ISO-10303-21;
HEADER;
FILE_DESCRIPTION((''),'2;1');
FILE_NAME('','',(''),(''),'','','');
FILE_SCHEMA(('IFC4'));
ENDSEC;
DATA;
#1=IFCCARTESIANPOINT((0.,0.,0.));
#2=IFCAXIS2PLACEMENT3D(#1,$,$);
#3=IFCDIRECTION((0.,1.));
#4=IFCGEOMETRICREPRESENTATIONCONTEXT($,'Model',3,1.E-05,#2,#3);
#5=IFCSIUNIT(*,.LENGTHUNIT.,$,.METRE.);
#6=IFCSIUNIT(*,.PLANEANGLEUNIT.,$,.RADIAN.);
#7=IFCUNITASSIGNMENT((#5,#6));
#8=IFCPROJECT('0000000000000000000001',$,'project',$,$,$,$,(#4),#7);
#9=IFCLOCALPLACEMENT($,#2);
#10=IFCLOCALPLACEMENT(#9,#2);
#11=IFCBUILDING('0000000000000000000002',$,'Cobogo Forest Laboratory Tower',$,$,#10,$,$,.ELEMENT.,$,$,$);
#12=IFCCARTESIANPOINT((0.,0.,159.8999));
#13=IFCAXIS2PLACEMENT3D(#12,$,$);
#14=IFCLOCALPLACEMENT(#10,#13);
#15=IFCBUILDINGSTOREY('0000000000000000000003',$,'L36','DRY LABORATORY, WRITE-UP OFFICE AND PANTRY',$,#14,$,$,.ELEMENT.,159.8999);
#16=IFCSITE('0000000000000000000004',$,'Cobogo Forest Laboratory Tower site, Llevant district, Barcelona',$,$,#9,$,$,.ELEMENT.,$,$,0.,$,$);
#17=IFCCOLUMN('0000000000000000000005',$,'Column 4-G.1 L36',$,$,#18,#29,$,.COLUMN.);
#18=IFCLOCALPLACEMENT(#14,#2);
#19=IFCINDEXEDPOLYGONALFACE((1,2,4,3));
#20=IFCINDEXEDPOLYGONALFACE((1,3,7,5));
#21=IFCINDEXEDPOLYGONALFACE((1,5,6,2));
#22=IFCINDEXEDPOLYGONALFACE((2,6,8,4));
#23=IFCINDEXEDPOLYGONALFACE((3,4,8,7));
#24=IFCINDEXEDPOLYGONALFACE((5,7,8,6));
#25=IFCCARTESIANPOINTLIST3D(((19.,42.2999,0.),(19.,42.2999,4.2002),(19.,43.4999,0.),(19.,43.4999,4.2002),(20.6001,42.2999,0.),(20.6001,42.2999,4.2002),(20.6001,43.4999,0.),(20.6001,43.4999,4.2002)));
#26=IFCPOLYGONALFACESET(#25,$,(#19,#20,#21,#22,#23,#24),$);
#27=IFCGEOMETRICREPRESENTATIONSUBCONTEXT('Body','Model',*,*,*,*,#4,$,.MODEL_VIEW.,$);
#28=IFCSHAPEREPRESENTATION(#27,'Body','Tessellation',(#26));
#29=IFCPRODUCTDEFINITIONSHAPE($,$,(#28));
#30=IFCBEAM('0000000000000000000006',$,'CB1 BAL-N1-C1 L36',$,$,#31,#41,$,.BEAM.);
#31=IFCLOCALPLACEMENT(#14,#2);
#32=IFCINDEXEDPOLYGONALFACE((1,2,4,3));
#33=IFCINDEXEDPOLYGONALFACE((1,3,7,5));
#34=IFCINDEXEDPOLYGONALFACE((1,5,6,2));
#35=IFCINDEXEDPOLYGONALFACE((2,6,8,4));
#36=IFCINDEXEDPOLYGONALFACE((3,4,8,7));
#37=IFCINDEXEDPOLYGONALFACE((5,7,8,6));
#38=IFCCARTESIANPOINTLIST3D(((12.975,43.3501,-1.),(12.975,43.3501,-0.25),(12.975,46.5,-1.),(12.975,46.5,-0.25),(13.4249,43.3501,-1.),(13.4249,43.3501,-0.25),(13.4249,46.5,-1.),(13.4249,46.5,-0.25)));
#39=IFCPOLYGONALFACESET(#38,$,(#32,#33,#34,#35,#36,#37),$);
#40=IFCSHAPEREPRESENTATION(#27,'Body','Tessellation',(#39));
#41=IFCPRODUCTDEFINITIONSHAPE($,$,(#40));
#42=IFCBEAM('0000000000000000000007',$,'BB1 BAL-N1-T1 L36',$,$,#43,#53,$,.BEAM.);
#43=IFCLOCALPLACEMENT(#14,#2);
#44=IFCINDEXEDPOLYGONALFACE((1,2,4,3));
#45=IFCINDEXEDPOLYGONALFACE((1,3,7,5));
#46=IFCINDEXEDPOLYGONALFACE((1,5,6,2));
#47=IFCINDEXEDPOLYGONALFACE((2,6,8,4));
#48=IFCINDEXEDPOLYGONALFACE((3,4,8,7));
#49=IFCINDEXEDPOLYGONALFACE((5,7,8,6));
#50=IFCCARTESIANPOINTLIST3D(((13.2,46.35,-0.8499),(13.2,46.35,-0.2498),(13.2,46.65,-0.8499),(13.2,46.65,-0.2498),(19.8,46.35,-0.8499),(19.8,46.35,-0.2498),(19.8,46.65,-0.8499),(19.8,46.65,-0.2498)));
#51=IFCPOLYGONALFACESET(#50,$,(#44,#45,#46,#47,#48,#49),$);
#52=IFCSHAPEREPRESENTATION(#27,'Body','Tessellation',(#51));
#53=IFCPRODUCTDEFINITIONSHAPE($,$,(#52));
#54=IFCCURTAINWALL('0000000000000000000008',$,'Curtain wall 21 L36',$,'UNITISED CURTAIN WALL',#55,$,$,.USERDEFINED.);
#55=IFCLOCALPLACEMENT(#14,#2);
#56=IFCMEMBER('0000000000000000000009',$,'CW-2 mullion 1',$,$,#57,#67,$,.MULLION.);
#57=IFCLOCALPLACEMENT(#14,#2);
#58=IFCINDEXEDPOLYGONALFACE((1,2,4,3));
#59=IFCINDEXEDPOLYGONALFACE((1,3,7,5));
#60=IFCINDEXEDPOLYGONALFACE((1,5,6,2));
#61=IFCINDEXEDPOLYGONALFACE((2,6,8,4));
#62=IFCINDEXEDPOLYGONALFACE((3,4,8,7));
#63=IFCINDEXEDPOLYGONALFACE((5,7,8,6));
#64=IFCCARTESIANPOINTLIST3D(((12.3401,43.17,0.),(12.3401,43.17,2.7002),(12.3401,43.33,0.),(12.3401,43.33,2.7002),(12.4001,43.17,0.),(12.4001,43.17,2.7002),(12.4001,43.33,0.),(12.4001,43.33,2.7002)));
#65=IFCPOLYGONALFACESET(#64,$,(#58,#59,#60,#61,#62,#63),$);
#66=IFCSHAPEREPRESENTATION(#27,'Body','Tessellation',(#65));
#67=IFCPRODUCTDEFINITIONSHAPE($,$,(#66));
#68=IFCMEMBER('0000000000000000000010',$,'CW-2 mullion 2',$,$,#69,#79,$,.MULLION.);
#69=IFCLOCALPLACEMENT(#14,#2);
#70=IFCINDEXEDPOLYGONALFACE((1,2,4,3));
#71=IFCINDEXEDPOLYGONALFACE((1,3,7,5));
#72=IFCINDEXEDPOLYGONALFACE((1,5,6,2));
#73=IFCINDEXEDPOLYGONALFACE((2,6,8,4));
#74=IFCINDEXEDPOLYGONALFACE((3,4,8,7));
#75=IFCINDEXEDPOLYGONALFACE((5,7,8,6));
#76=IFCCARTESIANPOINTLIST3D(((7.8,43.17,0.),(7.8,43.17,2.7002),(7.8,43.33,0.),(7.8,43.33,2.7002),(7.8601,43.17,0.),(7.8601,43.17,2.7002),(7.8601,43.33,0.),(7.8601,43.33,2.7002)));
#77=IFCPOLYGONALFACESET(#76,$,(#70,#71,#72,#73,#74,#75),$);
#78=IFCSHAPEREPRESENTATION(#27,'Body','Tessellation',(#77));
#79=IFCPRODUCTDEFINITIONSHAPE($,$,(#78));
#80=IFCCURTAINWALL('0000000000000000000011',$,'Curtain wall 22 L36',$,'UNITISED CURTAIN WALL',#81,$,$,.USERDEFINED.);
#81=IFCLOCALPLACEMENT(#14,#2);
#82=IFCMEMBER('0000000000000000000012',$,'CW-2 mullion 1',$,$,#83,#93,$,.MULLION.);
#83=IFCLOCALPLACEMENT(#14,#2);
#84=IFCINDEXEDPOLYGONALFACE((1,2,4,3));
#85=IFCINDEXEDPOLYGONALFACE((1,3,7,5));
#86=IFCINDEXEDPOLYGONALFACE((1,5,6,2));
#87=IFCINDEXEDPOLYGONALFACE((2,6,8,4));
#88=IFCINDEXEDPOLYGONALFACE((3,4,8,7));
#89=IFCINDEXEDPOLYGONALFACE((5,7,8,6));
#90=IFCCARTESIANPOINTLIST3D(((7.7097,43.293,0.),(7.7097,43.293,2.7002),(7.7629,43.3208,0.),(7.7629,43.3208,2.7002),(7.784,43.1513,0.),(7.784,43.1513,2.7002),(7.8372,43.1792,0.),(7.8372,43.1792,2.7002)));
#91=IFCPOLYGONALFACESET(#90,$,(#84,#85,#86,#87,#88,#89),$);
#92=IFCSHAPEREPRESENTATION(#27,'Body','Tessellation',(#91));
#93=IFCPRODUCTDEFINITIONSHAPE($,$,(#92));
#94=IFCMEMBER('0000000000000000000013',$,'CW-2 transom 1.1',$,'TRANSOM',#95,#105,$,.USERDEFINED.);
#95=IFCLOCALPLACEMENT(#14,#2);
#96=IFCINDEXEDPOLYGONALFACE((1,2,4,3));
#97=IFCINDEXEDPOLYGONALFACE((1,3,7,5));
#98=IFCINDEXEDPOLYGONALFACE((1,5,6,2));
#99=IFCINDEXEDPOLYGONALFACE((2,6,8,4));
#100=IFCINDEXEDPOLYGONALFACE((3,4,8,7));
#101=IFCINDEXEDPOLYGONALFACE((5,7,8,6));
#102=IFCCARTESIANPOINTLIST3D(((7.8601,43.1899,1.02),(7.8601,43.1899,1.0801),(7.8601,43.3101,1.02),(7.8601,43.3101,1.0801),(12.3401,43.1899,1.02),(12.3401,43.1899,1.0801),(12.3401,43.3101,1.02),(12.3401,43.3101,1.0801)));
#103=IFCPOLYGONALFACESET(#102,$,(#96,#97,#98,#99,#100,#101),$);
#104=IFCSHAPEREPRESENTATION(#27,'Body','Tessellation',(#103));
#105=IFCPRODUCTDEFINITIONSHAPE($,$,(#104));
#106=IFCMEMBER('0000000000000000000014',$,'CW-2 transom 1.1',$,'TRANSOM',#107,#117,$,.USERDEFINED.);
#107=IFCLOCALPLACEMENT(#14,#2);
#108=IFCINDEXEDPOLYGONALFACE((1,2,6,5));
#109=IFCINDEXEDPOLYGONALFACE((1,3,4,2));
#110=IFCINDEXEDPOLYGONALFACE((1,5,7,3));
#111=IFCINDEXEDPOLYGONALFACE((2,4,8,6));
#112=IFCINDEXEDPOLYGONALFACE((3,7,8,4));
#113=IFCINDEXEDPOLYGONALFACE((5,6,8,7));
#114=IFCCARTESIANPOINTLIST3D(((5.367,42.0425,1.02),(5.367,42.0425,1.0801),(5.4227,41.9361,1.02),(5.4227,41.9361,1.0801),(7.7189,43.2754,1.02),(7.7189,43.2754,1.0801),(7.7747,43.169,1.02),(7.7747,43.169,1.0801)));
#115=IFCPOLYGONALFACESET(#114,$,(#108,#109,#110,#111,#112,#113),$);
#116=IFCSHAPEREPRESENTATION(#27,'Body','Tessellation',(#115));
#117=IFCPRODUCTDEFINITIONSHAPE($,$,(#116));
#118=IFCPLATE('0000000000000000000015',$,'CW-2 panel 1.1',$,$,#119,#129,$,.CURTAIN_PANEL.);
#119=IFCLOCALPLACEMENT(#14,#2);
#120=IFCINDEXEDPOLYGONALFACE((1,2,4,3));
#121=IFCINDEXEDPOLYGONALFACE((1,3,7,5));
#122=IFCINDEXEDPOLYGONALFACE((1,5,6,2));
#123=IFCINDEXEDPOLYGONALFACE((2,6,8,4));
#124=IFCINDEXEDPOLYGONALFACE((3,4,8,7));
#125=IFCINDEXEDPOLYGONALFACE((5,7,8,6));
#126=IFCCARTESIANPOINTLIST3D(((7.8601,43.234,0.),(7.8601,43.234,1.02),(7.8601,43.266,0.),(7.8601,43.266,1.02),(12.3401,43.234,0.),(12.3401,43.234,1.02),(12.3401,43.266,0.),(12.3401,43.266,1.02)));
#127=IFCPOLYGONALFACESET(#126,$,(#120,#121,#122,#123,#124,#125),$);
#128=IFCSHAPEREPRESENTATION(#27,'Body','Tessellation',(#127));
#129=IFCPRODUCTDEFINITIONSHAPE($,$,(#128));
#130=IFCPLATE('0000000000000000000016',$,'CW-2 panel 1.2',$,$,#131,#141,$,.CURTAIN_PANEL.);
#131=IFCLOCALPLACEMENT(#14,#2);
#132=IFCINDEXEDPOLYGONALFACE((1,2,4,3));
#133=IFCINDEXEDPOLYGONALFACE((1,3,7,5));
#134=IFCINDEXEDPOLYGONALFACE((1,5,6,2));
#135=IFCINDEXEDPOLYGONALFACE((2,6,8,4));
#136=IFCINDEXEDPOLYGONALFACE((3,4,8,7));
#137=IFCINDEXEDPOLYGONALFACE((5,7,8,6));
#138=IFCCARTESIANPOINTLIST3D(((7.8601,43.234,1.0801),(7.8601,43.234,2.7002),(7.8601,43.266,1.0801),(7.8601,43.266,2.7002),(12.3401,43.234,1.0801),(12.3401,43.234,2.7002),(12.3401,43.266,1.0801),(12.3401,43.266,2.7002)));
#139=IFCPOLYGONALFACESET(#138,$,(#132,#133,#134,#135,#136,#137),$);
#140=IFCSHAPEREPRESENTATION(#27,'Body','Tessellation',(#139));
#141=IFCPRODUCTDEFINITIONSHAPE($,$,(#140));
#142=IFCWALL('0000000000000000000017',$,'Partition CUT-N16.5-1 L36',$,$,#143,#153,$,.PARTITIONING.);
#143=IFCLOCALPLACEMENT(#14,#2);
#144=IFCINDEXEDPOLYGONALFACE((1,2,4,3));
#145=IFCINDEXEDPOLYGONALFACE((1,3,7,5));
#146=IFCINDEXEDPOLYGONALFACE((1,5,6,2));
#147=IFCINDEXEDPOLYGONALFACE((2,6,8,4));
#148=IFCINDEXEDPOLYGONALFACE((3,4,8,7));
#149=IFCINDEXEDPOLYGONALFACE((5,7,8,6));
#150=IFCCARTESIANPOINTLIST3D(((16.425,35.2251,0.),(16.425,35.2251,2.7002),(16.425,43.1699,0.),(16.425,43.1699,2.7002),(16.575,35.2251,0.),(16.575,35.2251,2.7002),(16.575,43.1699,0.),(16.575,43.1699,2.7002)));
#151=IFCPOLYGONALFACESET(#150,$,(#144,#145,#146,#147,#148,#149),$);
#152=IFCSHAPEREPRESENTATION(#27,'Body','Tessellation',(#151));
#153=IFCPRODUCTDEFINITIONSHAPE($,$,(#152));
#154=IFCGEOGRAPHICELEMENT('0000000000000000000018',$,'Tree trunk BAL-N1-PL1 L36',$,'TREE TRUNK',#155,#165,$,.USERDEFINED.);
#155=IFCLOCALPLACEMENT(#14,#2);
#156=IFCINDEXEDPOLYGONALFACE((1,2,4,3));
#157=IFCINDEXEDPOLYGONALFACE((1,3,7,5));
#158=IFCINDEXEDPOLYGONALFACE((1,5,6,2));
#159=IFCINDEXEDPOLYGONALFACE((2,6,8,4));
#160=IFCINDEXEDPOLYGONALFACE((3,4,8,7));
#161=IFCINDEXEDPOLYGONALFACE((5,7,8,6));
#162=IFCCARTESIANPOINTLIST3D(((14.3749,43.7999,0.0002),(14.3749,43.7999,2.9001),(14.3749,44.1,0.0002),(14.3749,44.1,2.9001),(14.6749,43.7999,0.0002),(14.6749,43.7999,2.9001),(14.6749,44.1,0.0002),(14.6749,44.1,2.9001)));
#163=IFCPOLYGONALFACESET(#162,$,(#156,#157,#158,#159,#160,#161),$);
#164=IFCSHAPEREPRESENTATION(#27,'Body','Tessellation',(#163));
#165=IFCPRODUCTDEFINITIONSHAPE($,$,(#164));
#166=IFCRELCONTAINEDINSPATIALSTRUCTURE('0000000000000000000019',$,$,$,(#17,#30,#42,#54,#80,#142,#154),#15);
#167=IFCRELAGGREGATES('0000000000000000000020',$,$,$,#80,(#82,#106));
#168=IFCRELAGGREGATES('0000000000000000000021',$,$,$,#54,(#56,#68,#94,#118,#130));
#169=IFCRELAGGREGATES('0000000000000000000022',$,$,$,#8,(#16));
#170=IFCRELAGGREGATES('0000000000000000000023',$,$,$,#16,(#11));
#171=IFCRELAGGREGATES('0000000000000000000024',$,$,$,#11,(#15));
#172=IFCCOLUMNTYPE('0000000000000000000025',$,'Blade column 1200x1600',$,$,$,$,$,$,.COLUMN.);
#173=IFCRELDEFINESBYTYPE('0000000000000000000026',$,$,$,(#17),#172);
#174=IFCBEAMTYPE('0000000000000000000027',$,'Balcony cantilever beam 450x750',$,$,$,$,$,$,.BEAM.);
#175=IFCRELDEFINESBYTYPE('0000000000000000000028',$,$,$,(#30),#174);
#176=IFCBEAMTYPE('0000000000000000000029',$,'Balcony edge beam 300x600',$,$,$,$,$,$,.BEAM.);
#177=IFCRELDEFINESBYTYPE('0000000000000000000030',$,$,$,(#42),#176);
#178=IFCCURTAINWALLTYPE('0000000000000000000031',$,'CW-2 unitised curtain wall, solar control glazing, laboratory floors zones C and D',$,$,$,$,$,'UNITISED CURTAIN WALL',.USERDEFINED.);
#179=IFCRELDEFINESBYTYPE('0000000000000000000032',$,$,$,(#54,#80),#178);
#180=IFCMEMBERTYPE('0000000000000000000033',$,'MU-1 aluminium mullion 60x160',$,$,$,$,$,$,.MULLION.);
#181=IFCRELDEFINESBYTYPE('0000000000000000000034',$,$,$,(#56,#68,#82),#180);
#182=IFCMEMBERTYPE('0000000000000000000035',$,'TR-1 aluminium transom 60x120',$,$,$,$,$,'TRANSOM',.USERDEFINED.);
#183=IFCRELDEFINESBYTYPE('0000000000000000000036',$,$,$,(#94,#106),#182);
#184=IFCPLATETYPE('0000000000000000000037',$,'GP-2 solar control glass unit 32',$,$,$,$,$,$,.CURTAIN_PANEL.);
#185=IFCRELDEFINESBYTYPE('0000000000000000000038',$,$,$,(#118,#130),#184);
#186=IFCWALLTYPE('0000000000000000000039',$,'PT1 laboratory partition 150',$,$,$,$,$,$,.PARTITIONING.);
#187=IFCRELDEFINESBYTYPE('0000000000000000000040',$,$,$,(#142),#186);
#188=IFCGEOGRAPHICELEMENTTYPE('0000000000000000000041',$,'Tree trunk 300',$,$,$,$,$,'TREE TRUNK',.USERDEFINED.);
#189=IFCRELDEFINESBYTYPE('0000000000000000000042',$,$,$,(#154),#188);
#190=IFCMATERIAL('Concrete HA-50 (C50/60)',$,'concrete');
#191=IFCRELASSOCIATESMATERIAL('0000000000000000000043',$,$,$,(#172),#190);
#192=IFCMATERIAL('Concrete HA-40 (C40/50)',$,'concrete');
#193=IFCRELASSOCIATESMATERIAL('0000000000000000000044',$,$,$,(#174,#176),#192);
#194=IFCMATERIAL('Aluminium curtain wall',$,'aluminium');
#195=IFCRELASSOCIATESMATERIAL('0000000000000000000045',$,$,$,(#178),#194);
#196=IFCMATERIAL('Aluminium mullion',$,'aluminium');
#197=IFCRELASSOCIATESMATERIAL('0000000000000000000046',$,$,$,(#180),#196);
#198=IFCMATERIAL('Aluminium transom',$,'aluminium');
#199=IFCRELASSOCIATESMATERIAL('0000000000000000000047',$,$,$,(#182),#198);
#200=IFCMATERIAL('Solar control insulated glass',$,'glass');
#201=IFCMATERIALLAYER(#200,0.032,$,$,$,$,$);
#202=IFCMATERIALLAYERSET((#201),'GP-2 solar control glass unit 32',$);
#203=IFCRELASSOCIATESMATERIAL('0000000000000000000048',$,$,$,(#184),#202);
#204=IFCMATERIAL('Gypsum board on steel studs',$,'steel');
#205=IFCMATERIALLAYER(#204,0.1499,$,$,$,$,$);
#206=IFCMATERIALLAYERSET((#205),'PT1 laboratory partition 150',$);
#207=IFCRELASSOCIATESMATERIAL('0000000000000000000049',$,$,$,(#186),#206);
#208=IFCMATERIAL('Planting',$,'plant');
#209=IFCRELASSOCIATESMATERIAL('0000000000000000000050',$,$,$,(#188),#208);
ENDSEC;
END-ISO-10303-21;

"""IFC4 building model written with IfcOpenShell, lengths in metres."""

from ifc_helpers import new_model, si_unit, direction, frame, frame_2d, origin, origin_2d, place, context, subcontext, project, spatial, rectangle, extrude, material, layer, layer_set, material_profile, profile_set, type_object, element, aggregate, save


model = new_model("IFC4")

# Units and contexts
model_context = context("Model", 3, precision=1e-05, world=origin(), true_north=direction((0.0, 1.0)))
body_context = subcontext(model_context, "Body", "Model", "MODEL_VIEW")
ifc_project = project(units=[si_unit("LENGTHUNIT", "METRE"), si_unit("PLANEANGLEUNIT", "RADIAN")], contexts=[model_context])

# Site, building, storey
site_placement = place(None, origin())
site = spatial("IfcSite", under=ifc_project, at=site_placement, Name="Cobogo Forest Laboratory Tower site, Llevant district, Barcelona", CompositionType="ELEMENT", RefElevation=0.0)
building_placement = place(site_placement, origin())
building = spatial("IfcBuilding", under=site, at=building_placement, Name="Cobogo Forest Laboratory Tower", CompositionType="ELEMENT")
storey_placement = place(building_placement, frame((0.0, 0.0, 159.8999)))
storey = spatial("IfcBuildingStorey", under=building, at=storey_placement, Name="L36", Description="DRY LABORATORY, WRITE-UP OFFICE AND PANTRY", CompositionType="ELEMENT", Elevation=159.8999)

# Column
ifc_material_1 = material(Name="Concrete HA-50 (C50/60)", Category="concrete")
ifc_material_profile_1 = material_profile(ifc_material_1, rectangle(XDim=1.6001, YDim=1.2, at=origin_2d()), Name="RC 1200x1600")
ifc_profile_set_1 = profile_set([ifc_material_profile_1], Name="Concrete HA-50 (C50/60)")
column_type = type_object("IfcColumnType", Name="Blade column 1200x1600", PredefinedType="COLUMN", material=ifc_profile_set_1)
column_placement = place(storey_placement, frame((19.8, 42.8999, 0.0), z_axis=(0.0, 0.0, 1.0), x_axis=(1.0, 0.0, 0.0)))
element("IfcColumn", 1, at=column_placement, inside=storey, type_object=column_type, Name="Column 4-G.1 L36", PredefinedType="COLUMN", context=body_context, shape_type="SweptSolid", body=[
    extrude(rectangle(XDim=1.6001, YDim=1.2, at=origin_2d()), origin(), (0.0, 0.0, 1.0), 4.2002),
])

# Beams
ifc_material_2 = material(Name="Concrete HA-40 (C40/50)", Category="concrete")
ifc_material_profile_2 = material_profile(ifc_material_2, rectangle(XDim=0.45, YDim=0.75, at=origin_2d()), Name="RC 450x750")
ifc_profile_set_2 = profile_set([ifc_material_profile_2], Name="Concrete HA-40 (C40/50)")
beam_type_1 = type_object("IfcBeamType", Name="Balcony cantilever beam 450x750", PredefinedType="BEAM", material=ifc_profile_set_2)
beam_1_placement = place(storey_placement, frame((13.2, 43.3501, -0.625), z_axis=(0.0, 1.0, 0.0), x_axis=(-1.0, 0.0, 0.0)))
element("IfcBeam", 2, at=beam_1_placement, inside=storey, type_object=beam_type_1, Name="CB1 BAL-N1-C1 L36", PredefinedType="BEAM", context=body_context, shape_type="SweptSolid", body=[
    extrude(rectangle(XDim=0.45, YDim=0.75, at=origin_2d()), origin(), (0.0, 0.0, 1.0), 3.1499),
])
ifc_material_profile_3 = material_profile(ifc_material_2, rectangle(XDim=0.3, YDim=0.6001, at=origin_2d()), Name="RC 300x600")
ifc_profile_set_3 = profile_set([ifc_material_profile_3], Name="Concrete HA-40 (C40/50)")
beam_type_2 = type_object("IfcBeamType", Name="Balcony edge beam 300x600", PredefinedType="BEAM", material=ifc_profile_set_3)
beam_2_placement = place(storey_placement, frame((13.2, 46.5, -0.5498), z_axis=(1.0, 0.0, 0.0), x_axis=(0.0, 1.0, 0.0)))
element("IfcBeam", 3, at=beam_2_placement, inside=storey, type_object=beam_type_2, Name="BB1 BAL-N1-T1 L36", PredefinedType="BEAM", context=body_context, shape_type="SweptSolid", body=[
    extrude(rectangle(XDim=0.3, YDim=0.6001, at=origin_2d()), origin(), (0.0, 0.0, 1.0), 6.6001),
])

# Curtain wall, members
ifc_material_3 = material(Name="Aluminium curtain wall", Category="aluminium")
curtain_wall_type = type_object("IfcCurtainWallType", Name="CW-2 unitised curtain wall, solar control glazing, laboratory floors zones C and D", ElementType="UNITISED CURTAIN WALL", PredefinedType="USERDEFINED", material=ifc_material_3)
curtain_wall_1_placement = place(storey_placement, origin())
curtain_wall_1 = element("IfcCurtainWall", 4, at=curtain_wall_1_placement, inside=storey, type_object=curtain_wall_type, Name="Curtain wall 21 L36", ObjectType="UNITISED CURTAIN WALL", PredefinedType="USERDEFINED")
ifc_material_4 = material(Name="Aluminium mullion", Category="aluminium")
ifc_material_profile_4 = material_profile(ifc_material_4, rectangle(XDim=0.0601, YDim=0.1599, at=origin_2d()), Name="AL 60x160")
ifc_profile_set_4 = profile_set([ifc_material_profile_4], Name="Aluminium mullion")
member_type_1 = type_object("IfcMemberType", Name="MU-1 aluminium mullion 60x160", PredefinedType="MULLION", material=ifc_profile_set_4)
member_1_placement = place(storey_placement, frame((12.3701, 43.25, 0.0), z_axis=(0.0, 0.0, 1.0), x_axis=(-1.0, 0.0, 0.0)))
member_1 = element("IfcMember", 5, at=member_1_placement, type_object=member_type_1, Name="CW-2 mullion 1", PredefinedType="MULLION", context=body_context, shape_type="SweptSolid", body=[
    extrude(rectangle(XDim=0.0601, YDim=0.1599, at=origin_2d()), origin(), (0.0, 0.0, 1.0), 2.7002),
])
member_2_placement = place(storey_placement, frame((7.8301, 43.25, 0.0), z_axis=(0.0, 0.0, 1.0), x_axis=(-1.0, 0.0, 0.0)))
member_2 = element("IfcMember", 6, at=member_2_placement, type_object=member_type_1, Name="CW-2 mullion 2", PredefinedType="MULLION", context=body_context, shape_type="SweptSolid", body=[
    extrude(rectangle(XDim=0.0601, YDim=0.1599, at=origin_2d()), origin(), (0.0, 0.0, 1.0), 2.7002),
])

# Curtain wall, member
curtain_wall_2_placement = place(storey_placement, origin())
curtain_wall_2 = element("IfcCurtainWall", 7, at=curtain_wall_2_placement, inside=storey, type_object=curtain_wall_type, Name="Curtain wall 22 L36", ObjectType="UNITISED CURTAIN WALL", PredefinedType="USERDEFINED")
member_3_placement = place(storey_placement, frame((7.7734, 43.2361, 0.0), z_axis=(0.0, 0.0, 1.0), x_axis=(-0.885687, -0.464284, 0.0)))
member_3 = element("IfcMember", 8, at=member_3_placement, type_object=member_type_1, Name="CW-2 mullion 1", PredefinedType="MULLION", context=body_context, shape_type="SweptSolid", body=[
    extrude(rectangle(XDim=0.0601, YDim=0.1599, at=origin_2d()), origin(), (0.0, 0.0, 1.0), 2.7002),
])

# Members
ifc_material_5 = material(Name="Aluminium transom", Category="aluminium")
ifc_material_profile_5 = material_profile(ifc_material_5, rectangle(XDim=0.1201, YDim=0.0601, at=origin_2d()), Name="AL 60x120")
ifc_profile_set_5 = profile_set([ifc_material_profile_5], Name="Aluminium transom")
member_type_2 = type_object("IfcMemberType", Name="TR-1 aluminium transom 60x120", ElementType="TRANSOM", PredefinedType="USERDEFINED", material=ifc_profile_set_5)
member_4_placement = place(storey_placement, frame((12.3401, 43.25, 1.05), z_axis=(-1.0, 0.0, 0.0), x_axis=(0.0, -1.0, 0.0)))
member_4 = element("IfcMember", 9, at=member_4_placement, type_object=member_type_2, Name="CW-2 transom 1.1", ObjectType="TRANSOM", PredefinedType="USERDEFINED", context=body_context, shape_type="SweptSolid", body=[
    extrude(rectangle(XDim=0.1201, YDim=0.0601, at=origin_2d()), origin(), (0.0, 0.0, 1.0), 4.48),
])
member_5_placement = place(storey_placement, frame((7.7468, 43.2222, 1.05), z_axis=(-0.885695, -0.464268, 0.0), x_axis=(0.464268, -0.885695, 0.0)))
member_5 = element("IfcMember", 10, at=member_5_placement, type_object=member_type_2, Name="CW-2 transom 1.1", ObjectType="TRANSOM", PredefinedType="USERDEFINED", context=body_context, shape_type="SweptSolid", body=[
    extrude(rectangle(XDim=0.1201, YDim=0.0601, at=origin_2d()), origin(), (0.0, 0.0, 1.0), 2.6555),
])
aggregate(curtain_wall_2, [member_3, member_5])

# Plates
ifc_material_6 = material(Name="Solar control insulated glass", Category="glass")
ifc_layer_1 = layer(ifc_material_6, 0.032)
ifc_layer_set_1 = layer_set([ifc_layer_1], Name="GP-2 solar control glass unit 32")
plate_type = type_object("IfcPlateType", Name="GP-2 solar control glass unit 32", PredefinedType="CURTAIN_PANEL", material=ifc_layer_set_1)
plate_1_placement = place(storey_placement, frame((10.1001, 43.25, 0.0), z_axis=(0.0, 0.0, 1.0), x_axis=(-1.0, 0.0, 0.0)))
plate_1 = element("IfcPlate", 11, at=plate_1_placement, type_object=plate_type, Name="CW-2 panel 1.1", PredefinedType="CURTAIN_PANEL", context=body_context, shape_type="SweptSolid", body=[
    extrude(rectangle(XDim=4.48, YDim=0.032, at=origin_2d()), origin(), (0.0, 0.0, 1.0), 1.02),
])
plate_2_placement = place(storey_placement, frame((10.1001, 43.25, 1.0801), z_axis=(0.0, 0.0, 1.0), x_axis=(-1.0, 0.0, 0.0)))
plate_2 = element("IfcPlate", 12, at=plate_2_placement, type_object=plate_type, Name="CW-2 panel 1.2", PredefinedType="CURTAIN_PANEL", context=body_context, shape_type="SweptSolid", body=[
    extrude(rectangle(XDim=4.48, YDim=0.032, at=origin_2d()), origin(), (0.0, 0.0, 1.0), 1.6201),
])
aggregate(curtain_wall_1, [member_1, member_2, member_4, plate_1, plate_2])

# Wall
ifc_material_7 = material(Name="Gypsum board on steel studs", Category="steel")
ifc_layer_2 = layer(ifc_material_7, 0.1499)
ifc_layer_set_2 = layer_set([ifc_layer_2], Name="PT1 laboratory partition 150")
wall_type_1 = type_object("IfcWallType", Name="PT1 laboratory partition 150", PredefinedType="PARTITIONING", material=ifc_layer_set_2)
wall_1_placement = place(storey_placement, frame((16.5, 43.1699, 0.0), z_axis=(0.0, 0.0, 1.0), x_axis=(0.0, -1.0, 0.0)))
element("IfcWall", 13, at=wall_1_placement, inside=storey, type_object=wall_type_1, Name="Partition CUT-N16.5-1 L36", PredefinedType="PARTITIONING", context=body_context, shape_type="SweptSolid", body=[
    extrude(rectangle(XDim=7.9448, YDim=0.1499, at=frame_2d((3.9724, 0.0))), origin(), (0.0, 0.0, 1.0), 2.7002),
])

# Geographic element
ifc_material_8 = material(Name="Planting", Category="plant")
geographic_element_type = type_object("IfcGeographicElementType", Name="Tree trunk 300", ElementType="TREE TRUNK", PredefinedType="USERDEFINED", material=ifc_material_8)
geographic_element_placement = place(storey_placement, frame((14.5249, 43.95, 0.0002), z_axis=(0.0, 0.0, 1.0), x_axis=(1.0, 0.0, 0.0)))
element("IfcGeographicElement", 14, at=geographic_element_placement, inside=storey, type_object=geographic_element_type, Name="Tree trunk BAL-N1-PL1 L36", ObjectType="TREE TRUNK", PredefinedType="USERDEFINED", context=body_context, shape_type="SweptSolid", body=[
    extrude(rectangle(XDim=0.3, YDim=0.3, at=origin_2d()), origin(), (0.0, 0.0, 1.0), 2.8999),
])

save(model, "model.ifc")
